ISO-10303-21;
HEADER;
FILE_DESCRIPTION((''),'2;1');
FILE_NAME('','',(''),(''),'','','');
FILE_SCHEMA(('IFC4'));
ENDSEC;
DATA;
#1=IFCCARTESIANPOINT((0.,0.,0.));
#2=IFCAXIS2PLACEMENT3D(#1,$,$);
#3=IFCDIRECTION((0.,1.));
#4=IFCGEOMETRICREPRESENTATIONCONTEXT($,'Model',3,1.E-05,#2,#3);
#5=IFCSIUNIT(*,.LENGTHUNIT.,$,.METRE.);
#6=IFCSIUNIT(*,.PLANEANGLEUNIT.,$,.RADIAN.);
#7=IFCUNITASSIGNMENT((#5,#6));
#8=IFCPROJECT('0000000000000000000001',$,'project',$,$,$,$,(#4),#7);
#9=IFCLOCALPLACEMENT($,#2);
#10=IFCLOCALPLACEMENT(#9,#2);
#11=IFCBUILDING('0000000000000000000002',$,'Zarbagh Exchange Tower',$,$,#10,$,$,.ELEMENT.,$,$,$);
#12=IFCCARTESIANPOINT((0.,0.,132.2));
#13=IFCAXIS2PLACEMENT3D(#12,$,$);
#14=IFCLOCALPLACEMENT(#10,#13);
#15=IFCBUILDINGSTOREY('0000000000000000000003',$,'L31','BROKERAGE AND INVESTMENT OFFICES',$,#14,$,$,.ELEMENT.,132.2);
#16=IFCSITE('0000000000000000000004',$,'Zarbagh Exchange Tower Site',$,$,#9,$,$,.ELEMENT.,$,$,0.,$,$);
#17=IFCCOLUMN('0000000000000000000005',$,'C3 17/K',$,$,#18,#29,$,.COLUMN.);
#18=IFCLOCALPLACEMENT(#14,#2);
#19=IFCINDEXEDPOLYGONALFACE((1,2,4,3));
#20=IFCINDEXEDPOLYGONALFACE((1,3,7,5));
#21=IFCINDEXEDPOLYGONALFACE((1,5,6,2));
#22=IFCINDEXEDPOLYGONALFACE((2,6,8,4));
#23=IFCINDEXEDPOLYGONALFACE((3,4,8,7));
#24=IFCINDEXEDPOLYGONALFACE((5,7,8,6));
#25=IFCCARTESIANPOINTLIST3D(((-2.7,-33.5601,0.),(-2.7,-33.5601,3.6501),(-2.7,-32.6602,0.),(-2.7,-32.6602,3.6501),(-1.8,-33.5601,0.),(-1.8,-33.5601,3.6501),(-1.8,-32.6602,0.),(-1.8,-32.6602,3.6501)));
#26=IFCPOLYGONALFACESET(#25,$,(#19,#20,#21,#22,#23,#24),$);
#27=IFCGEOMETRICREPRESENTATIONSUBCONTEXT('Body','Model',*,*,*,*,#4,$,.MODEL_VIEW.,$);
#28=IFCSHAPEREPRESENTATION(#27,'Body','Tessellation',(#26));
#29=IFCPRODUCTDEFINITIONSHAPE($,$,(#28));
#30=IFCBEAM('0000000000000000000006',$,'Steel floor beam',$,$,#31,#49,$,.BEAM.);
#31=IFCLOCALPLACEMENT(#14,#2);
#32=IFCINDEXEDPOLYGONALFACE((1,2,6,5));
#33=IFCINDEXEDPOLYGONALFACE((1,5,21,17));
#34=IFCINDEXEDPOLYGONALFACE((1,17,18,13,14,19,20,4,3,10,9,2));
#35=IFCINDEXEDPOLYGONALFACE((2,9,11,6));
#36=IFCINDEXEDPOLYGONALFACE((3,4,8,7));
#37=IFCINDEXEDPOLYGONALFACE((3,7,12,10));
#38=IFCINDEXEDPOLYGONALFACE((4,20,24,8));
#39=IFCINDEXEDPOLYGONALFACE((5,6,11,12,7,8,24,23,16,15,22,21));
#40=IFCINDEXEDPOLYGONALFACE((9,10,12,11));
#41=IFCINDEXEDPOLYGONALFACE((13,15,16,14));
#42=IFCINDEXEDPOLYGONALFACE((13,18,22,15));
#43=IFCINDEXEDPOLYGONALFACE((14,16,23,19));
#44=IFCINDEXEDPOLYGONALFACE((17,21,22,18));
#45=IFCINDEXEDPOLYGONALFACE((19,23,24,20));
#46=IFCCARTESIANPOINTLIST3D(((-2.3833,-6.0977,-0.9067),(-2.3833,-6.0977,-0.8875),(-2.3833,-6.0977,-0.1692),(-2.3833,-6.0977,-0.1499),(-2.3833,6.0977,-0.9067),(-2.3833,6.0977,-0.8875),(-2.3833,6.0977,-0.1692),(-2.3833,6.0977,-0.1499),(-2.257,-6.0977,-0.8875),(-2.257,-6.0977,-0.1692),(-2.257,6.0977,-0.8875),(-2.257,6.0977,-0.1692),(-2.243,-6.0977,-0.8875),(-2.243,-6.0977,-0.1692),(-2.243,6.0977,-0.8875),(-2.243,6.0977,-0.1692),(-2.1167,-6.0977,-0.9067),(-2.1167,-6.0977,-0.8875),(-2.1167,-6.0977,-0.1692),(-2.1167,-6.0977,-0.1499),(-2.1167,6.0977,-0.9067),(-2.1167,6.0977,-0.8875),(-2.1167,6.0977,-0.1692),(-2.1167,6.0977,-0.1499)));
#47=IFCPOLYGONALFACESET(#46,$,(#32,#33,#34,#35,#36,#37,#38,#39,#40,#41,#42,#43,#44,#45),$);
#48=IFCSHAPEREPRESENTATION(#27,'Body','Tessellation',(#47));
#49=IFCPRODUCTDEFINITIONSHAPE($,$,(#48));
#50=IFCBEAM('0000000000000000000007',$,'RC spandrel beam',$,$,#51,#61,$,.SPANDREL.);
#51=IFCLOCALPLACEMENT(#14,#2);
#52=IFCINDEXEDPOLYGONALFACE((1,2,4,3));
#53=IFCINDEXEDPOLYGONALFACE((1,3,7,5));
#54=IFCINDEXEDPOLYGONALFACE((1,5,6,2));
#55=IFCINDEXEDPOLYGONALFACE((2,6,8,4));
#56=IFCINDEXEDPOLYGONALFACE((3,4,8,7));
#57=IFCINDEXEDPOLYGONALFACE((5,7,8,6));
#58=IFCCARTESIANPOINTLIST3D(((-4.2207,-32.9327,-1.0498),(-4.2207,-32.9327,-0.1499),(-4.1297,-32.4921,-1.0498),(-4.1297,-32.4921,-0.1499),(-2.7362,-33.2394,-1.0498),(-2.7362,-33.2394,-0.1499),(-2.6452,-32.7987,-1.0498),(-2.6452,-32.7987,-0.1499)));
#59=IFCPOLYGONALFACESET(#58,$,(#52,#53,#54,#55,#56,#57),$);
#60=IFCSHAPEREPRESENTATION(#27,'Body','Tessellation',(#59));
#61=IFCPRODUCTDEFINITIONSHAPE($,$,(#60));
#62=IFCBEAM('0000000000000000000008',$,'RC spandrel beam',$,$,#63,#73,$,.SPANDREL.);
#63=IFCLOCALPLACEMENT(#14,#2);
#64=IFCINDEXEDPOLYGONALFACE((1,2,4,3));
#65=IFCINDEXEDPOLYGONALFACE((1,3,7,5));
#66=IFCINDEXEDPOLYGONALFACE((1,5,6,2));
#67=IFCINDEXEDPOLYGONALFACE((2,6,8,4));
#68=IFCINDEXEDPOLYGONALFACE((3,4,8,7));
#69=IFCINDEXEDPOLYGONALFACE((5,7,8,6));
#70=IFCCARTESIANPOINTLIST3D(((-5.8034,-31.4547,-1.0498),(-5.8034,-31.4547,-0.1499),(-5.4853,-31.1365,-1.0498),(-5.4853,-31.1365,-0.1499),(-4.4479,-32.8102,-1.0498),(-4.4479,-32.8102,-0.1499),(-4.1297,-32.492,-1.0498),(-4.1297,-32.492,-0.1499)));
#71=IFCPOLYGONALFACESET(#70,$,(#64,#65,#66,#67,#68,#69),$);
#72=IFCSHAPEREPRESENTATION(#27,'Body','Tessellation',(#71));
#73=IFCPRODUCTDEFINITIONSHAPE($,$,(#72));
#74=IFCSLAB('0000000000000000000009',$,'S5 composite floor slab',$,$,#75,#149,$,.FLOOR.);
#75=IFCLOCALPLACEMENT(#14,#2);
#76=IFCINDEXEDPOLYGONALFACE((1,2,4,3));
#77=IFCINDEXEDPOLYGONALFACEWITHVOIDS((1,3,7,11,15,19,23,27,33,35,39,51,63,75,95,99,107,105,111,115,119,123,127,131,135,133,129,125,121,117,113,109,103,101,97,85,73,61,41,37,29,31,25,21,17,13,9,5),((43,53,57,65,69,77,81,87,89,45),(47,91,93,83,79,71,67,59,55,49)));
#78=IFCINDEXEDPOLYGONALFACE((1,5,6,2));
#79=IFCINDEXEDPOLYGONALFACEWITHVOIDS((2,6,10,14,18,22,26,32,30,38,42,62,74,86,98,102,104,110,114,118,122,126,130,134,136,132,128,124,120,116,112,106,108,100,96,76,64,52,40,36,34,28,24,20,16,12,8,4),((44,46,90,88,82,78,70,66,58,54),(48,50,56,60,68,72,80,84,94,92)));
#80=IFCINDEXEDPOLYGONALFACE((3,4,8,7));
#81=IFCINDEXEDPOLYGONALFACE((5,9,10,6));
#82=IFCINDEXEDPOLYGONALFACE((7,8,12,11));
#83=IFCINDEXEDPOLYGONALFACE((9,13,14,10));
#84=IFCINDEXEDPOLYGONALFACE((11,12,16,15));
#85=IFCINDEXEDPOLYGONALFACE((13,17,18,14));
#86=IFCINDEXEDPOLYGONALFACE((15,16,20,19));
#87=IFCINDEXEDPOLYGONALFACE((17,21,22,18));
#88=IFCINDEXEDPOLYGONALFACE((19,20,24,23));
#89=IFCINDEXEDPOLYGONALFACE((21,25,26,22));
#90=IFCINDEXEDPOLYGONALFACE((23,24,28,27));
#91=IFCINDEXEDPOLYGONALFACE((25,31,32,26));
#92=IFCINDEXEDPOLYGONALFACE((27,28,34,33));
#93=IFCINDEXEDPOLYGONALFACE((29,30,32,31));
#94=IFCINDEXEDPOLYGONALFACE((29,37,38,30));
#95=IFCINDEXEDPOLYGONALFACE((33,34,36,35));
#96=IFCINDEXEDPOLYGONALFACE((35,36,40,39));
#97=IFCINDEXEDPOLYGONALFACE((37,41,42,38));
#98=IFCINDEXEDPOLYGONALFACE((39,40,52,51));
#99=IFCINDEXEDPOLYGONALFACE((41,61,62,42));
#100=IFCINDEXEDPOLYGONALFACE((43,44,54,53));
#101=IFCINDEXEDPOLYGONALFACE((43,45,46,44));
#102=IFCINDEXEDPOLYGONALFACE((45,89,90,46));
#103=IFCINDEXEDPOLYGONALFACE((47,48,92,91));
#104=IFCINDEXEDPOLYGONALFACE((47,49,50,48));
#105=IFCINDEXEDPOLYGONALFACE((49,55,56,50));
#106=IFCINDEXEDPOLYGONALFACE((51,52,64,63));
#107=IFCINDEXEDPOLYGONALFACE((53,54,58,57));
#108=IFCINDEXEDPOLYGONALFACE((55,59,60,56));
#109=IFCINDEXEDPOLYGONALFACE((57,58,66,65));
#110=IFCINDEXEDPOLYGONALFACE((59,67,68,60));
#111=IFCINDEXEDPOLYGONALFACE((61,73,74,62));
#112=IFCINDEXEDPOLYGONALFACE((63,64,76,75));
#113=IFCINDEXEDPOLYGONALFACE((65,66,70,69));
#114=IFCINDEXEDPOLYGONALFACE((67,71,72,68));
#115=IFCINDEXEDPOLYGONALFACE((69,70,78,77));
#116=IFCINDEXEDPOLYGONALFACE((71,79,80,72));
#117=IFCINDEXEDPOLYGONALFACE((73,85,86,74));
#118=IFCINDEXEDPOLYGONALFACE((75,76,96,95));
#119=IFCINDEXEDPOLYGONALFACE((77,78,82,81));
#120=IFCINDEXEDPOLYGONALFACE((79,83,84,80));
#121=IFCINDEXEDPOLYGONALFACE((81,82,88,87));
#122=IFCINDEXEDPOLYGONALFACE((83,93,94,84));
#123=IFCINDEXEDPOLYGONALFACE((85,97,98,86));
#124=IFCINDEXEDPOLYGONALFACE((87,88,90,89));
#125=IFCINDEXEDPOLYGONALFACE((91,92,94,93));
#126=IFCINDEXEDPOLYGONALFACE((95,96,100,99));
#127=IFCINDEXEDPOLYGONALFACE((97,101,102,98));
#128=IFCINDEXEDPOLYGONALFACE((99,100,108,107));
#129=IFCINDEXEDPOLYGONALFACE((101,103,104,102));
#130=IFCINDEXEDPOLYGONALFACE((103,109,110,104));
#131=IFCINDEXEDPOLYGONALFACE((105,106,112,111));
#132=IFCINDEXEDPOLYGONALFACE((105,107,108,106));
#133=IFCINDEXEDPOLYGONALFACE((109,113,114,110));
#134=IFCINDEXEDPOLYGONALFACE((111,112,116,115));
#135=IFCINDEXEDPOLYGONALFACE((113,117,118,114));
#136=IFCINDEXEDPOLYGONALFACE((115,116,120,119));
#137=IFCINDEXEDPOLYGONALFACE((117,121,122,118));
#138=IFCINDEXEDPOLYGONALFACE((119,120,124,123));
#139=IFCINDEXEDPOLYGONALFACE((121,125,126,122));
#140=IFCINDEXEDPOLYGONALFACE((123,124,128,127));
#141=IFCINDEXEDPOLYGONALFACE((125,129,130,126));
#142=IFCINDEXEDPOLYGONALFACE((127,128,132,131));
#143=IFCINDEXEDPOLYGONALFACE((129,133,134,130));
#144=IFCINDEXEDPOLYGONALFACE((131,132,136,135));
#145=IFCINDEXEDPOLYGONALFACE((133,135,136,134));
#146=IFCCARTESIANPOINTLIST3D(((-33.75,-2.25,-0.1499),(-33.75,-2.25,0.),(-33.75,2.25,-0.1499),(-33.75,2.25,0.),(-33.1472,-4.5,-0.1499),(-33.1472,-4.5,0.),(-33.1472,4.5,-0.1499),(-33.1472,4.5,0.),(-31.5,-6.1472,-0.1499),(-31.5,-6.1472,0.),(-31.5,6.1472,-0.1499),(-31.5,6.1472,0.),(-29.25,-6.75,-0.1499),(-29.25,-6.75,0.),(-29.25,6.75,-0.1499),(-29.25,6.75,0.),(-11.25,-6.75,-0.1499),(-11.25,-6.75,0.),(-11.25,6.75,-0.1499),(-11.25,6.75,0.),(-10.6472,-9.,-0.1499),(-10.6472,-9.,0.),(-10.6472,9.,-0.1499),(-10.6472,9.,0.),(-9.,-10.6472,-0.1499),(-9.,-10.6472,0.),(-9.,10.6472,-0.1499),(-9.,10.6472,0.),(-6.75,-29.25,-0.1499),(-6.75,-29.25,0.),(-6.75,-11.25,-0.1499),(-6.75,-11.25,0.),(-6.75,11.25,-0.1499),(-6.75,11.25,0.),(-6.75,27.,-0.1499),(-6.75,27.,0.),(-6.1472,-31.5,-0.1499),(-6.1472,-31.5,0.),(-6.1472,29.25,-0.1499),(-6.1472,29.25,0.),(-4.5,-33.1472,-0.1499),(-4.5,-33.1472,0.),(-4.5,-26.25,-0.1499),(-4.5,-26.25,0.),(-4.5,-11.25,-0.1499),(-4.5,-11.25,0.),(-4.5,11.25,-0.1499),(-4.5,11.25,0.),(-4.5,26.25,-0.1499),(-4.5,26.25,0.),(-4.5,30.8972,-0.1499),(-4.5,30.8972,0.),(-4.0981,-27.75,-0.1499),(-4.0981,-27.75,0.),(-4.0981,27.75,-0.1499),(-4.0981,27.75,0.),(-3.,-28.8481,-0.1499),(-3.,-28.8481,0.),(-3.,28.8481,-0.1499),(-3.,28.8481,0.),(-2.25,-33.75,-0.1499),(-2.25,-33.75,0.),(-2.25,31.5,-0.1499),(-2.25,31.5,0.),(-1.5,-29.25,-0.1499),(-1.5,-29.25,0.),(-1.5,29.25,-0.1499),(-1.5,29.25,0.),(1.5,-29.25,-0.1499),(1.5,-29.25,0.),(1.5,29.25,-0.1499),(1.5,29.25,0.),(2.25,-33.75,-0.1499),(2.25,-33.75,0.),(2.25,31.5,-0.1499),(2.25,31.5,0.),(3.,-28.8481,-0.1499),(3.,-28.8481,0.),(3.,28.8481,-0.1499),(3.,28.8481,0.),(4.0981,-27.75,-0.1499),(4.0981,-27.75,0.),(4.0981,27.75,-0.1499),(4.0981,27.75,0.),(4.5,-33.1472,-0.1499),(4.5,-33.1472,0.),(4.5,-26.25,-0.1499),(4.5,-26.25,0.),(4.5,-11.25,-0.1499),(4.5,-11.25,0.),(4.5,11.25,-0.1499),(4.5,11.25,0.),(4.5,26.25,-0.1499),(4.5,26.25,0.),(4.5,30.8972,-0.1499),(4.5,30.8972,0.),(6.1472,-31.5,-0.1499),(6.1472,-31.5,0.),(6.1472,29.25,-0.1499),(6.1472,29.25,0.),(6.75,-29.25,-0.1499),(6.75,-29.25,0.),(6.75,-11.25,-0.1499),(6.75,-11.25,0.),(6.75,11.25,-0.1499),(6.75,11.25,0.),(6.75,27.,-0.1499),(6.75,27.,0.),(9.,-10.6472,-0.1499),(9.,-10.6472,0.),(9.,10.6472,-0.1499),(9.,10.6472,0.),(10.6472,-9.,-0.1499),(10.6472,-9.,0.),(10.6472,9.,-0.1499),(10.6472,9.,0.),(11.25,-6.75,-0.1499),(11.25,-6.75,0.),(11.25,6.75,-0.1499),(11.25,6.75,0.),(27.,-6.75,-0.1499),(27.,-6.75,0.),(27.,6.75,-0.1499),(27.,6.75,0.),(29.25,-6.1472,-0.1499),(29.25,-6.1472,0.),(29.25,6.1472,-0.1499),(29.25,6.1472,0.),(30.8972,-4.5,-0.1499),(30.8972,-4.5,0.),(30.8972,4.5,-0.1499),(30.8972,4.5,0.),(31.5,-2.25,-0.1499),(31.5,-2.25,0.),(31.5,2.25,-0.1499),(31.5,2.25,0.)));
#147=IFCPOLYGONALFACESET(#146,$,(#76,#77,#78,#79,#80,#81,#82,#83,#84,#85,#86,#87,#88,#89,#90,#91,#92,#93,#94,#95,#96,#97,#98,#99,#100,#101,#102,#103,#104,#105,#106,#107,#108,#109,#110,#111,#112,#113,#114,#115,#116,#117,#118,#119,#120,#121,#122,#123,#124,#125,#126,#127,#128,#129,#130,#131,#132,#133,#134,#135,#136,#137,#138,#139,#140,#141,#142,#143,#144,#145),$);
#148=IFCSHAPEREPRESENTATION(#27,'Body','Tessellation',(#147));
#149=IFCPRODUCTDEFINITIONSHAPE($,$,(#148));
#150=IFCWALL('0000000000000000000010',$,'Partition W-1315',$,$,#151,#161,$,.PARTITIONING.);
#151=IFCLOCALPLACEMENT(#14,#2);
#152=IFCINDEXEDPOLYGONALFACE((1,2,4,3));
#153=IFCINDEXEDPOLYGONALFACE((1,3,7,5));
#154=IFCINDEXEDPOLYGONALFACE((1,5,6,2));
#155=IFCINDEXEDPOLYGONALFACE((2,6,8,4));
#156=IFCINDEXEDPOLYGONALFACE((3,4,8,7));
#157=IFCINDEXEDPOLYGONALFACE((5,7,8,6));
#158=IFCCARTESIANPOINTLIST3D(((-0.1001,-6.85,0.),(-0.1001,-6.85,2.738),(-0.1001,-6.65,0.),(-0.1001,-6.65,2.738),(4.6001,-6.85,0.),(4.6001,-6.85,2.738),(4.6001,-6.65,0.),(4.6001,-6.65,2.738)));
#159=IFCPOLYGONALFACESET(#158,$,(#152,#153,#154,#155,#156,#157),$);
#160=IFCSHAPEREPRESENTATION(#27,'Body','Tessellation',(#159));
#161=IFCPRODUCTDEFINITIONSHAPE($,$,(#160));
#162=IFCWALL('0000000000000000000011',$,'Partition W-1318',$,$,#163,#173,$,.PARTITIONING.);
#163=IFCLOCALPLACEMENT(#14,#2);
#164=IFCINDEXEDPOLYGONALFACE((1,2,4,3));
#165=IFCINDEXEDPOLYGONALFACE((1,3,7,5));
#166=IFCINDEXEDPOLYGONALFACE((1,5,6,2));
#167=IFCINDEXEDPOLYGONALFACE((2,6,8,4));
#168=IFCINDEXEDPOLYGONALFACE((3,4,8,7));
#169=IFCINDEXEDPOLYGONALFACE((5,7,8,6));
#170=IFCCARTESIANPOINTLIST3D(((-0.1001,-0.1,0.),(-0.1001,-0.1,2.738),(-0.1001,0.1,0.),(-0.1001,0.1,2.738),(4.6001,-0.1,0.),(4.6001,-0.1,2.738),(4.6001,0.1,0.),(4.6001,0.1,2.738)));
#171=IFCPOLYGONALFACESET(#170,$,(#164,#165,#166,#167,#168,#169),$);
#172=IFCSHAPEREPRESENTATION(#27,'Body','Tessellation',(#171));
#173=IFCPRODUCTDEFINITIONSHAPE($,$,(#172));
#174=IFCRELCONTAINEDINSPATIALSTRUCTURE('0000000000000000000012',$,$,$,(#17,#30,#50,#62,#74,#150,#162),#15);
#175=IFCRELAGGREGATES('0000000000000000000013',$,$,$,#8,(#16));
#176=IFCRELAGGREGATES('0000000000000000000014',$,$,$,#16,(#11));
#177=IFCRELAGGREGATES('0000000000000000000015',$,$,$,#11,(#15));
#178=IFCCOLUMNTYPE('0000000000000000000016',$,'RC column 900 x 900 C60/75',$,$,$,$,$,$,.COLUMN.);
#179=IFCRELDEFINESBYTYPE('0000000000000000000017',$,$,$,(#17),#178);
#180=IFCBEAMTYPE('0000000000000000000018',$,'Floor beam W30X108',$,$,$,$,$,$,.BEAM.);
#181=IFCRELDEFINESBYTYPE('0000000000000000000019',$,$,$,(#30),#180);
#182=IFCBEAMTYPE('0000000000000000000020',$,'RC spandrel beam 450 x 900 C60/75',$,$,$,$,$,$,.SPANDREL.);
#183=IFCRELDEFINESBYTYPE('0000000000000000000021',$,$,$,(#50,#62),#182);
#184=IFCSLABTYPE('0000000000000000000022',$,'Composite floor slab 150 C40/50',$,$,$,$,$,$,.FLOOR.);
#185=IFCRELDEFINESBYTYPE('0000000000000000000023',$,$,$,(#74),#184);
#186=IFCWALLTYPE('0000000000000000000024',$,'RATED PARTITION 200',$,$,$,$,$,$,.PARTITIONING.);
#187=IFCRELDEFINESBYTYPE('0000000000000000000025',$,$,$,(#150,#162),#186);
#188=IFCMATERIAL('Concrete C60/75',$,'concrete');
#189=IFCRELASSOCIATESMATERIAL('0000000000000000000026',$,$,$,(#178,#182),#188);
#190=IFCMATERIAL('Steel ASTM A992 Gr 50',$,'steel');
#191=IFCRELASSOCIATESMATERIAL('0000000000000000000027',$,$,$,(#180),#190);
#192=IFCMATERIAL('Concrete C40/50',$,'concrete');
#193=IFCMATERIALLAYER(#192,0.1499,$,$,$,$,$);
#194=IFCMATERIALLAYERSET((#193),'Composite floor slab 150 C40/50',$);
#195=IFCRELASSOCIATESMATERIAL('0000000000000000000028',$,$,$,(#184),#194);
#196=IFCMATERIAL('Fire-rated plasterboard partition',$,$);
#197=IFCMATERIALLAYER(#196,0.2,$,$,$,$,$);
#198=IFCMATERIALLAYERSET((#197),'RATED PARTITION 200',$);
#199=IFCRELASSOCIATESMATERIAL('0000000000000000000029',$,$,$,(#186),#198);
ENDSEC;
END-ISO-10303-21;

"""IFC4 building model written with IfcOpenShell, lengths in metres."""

from ifc_helpers import new_model, si_unit, direction, frame, frame_2d, origin, origin_2d, place, context, subcontext, project, spatial, polyline, rectangle, i_section, outline, extrude, material, layer, layer_set, material_profile, profile_set, type_object, element, save


model = new_model("IFC4")

# Units and contexts
model_context = context("Model", 3, precision=1e-05, world=origin(), true_north=direction((0.0, 1.0)))
body_context = subcontext(model_context, "Body", "Model", "MODEL_VIEW")
ifc_project = project(units=[si_unit("LENGTHUNIT", "METRE"), si_unit("PLANEANGLEUNIT", "RADIAN")], contexts=[model_context])

# Site, building, storey
site_placement = place(None, origin())
site = spatial("IfcSite", under=ifc_project, at=site_placement, Name="Zarbagh Exchange Tower Site", CompositionType="ELEMENT", RefElevation=0.0)
building_placement = place(site_placement, origin())
building = spatial("IfcBuilding", under=site, at=building_placement, Name="Zarbagh Exchange Tower", CompositionType="ELEMENT")
storey_placement = place(building_placement, frame((0.0, 0.0, 132.2)))
storey = spatial("IfcBuildingStorey", under=building, at=storey_placement, Name="L31", Description="BROKERAGE AND INVESTMENT OFFICES", CompositionType="ELEMENT", Elevation=132.2)

# Column
ifc_material_1 = material(Name="Concrete C60/75", Category="concrete")
ifc_material_profile_1 = material_profile(ifc_material_1, rectangle(XDim=0.8999, YDim=0.8999, at=origin_2d()), Name="RC column 900 x 900 C60/75")
ifc_profile_set_1 = profile_set([ifc_material_profile_1], Name="Concrete C60/75")
column_type = type_object("IfcColumnType", Name="RC column 900 x 900 C60/75", PredefinedType="COLUMN", material=ifc_profile_set_1)
column_placement = place(storey_placement, frame((-2.25, -33.1101, 0.0), z_axis=(0.0, 0.0, 1.0), x_axis=(1.0, 0.0, 0.0)))
element("IfcColumn", 1, at=column_placement, inside=storey, type_object=column_type, Name="C3 17/K", PredefinedType="COLUMN", context=body_context, shape_type="SweptSolid", body=[
    extrude(rectangle(XDim=0.8999, YDim=0.8999, at=origin_2d()), origin(), (0.0, 0.0, 1.0), 3.6501),
])

# Beams
ifc_material_2 = material(Name="Steel ASTM A992 Gr 50", Category="steel")
ifc_material_profile_2 = material_profile(ifc_material_2, i_section(OverallWidth=0.2666, OverallDepth=0.7568, WebThickness=0.0139, FlangeThickness=0.0193, at=origin_2d()), Name="W30X108")
ifc_profile_set_2 = profile_set([ifc_material_profile_2], Name="Steel ASTM A992 Gr 50")
beam_type_1 = type_object("IfcBeamType", Name="Floor beam W30X108", PredefinedType="BEAM", material=ifc_profile_set_2)
beam_1_placement = place(storey_placement, frame((-2.25, -6.0977, -0.5283), z_axis=(0.0, 1.0, 0.0), x_axis=(-1.0, 0.0, 0.0)))
element("IfcBeam", 2, at=beam_1_placement, inside=storey, type_object=beam_type_1, Name="Steel floor beam", PredefinedType="BEAM", context=body_context, shape_type="SweptSolid", body=[
    extrude(i_section(OverallWidth=0.2666, OverallDepth=0.7568, WebThickness=0.0139, FlangeThickness=0.0193, at=origin_2d()), origin(), (0.0, 0.0, 1.0), 12.1953),
])
ifc_material_profile_3 = material_profile(ifc_material_1, rectangle(XDim=0.45, YDim=0.8999, at=origin_2d()), Name="RC spandrel beam 450 x 900 C60/75")
ifc_profile_set_3 = profile_set([ifc_material_profile_3], Name="Concrete C60/75")
beam_type_2 = type_object("IfcBeamType", Name="RC spandrel beam 450 x 900 C60/75", PredefinedType="SPANDREL", material=ifc_profile_set_3)
beam_2_placement = place(storey_placement, frame((-2.6907, -33.019, -0.5999), z_axis=(-0.979329, 0.202275, 0.0), x_axis=(-0.202275, -0.979329, 0.0)))
element("IfcBeam", 3, at=beam_2_placement, inside=storey, type_object=beam_type_2, Name="RC spandrel beam", PredefinedType="SPANDREL", context=body_context, shape_type="SweptSolid", body=[
    extrude(rectangle(XDim=0.45, YDim=0.8999, at=origin_2d()), origin(), (0.0, 0.0, 1.0), 1.5159),
])
beam_3_placement = place(storey_placement, frame((-4.2888, -32.6511, -0.5999), z_axis=(-0.707107, 0.707107, 0.0), x_axis=(-0.707107, -0.707107, 0.0)))
element("IfcBeam", 4, at=beam_3_placement, inside=storey, type_object=beam_type_2, Name="RC spandrel beam", PredefinedType="SPANDREL", context=body_context, shape_type="SweptSolid", body=[
    extrude(rectangle(XDim=0.45, YDim=0.8999, at=origin_2d()), origin(), (0.0, 0.0, 1.0), 1.917),
])

# Slab
ifc_material_3 = material(Name="Concrete C40/50", Category="concrete")
ifc_layer_1 = layer(ifc_material_3, 0.1499)
ifc_layer_set_1 = layer_set([ifc_layer_1], Name="Composite floor slab 150 C40/50")
slab_type = type_object("IfcSlabType", Name="Composite floor slab 150 C40/50", PredefinedType="FLOOR", material=ifc_layer_set_1)
slab_placement = place(storey_placement, frame((0.0, 0.0, -0.1499)))
element("IfcSlab", 5, at=slab_placement, inside=storey, type_object=slab_type, Name="S5 composite floor slab", PredefinedType="FLOOR", context=body_context, shape_type="SweptSolid", body=[
    extrude(outline(polyline([(-2.25, -33.75), (-4.5, -33.1472), (-6.1472, -31.5), (-6.75, -29.25), (-6.75, -11.25), (-9.0, -10.6472), (-10.6472, -9.0), (-11.25, -6.75), (-29.25, -6.75), (-31.5, -6.1472), (-33.1472, -4.5), (-33.75, -2.25), (-33.75, 2.25), (-33.1472, 4.5), (-31.5, 6.1472), (-29.25, 6.75), (-11.25, 6.75), (-10.6472, 9.0), (-9.0, 10.6472), (-6.75, 11.25), (-6.75, 27.0), (-6.1472, 29.25), (-4.5, 30.8972), (-2.25, 31.5), (2.25, 31.5), (4.5, 30.8972), (6.1472, 29.25), (6.75, 27.0), (6.75, 11.25), (9.0, 10.6472), (10.6472, 9.0), (11.25, 6.75), (27.0, 6.75), (29.25, 6.1472), (30.8972, 4.5), (31.5, 2.25), (31.5, -2.25), (30.8972, -4.5), (29.25, -6.1472), (27.0, -6.75), (11.25, -6.75), (10.6472, -9.0), (9.0, -10.6472), (6.75, -11.25), (6.75, -29.25), (6.1472, -31.5), (4.5, -33.1472), (2.25, -33.75), (-2.25, -33.75)]), holes=[polyline([(4.5, 11.25), (4.5, 26.25), (4.0981, 27.75), (3.0, 28.8481), (1.5, 29.25), (-1.5, 29.25), (-3.0, 28.8481), (-4.0981, 27.75), (-4.5, 26.25), (-4.5, 11.25), (4.5, 11.25)]), polyline([(-1.5, -29.25), (1.5, -29.25), (3.0, -28.8481), (4.0981, -27.75), (4.5, -26.25), (4.5, -11.25), (-4.5, -11.25), (-4.5, -26.25), (-4.0981, -27.75), (-3.0, -28.8481), (-1.5, -29.25)])]), origin(), (0.0, 0.0, 1.0), 0.1499),
])

# Walls
ifc_material_4 = material(Name="Fire-rated plasterboard partition")
ifc_layer_2 = layer(ifc_material_4, 0.2)
ifc_layer_set_2 = layer_set([ifc_layer_2], Name="RATED PARTITION 200")
wall_type_1 = type_object("IfcWallType", Name="RATED PARTITION 200", PredefinedType="PARTITIONING", material=ifc_layer_set_2)
for number, where, z_axis, x_axis, name in (
    (6, (-0.1001, -6.75, 0.0), (0.0, 0.0, 1.0), (1.0, 0.0, 0.0), "Partition W-1315"),
    (7, (-0.1001, 0.0, 0.0), (0.0, 0.0, 1.0), (1.0, 0.0, 0.0), "Partition W-1318"),
):
    element("IfcWall", number, at=place(storey_placement, frame(where, z_axis=z_axis, x_axis=x_axis)), inside=storey, type_object=wall_type_1, Name=name, PredefinedType="PARTITIONING", context=body_context, shape_type="SweptSolid", body=[
        extrude(rectangle(XDim=4.7002, YDim=0.2, at=frame_2d((2.3501, 0.0))), origin(), (0.0, 0.0, 1.0), 2.738),
    ])

save(model, "model.ifc")
